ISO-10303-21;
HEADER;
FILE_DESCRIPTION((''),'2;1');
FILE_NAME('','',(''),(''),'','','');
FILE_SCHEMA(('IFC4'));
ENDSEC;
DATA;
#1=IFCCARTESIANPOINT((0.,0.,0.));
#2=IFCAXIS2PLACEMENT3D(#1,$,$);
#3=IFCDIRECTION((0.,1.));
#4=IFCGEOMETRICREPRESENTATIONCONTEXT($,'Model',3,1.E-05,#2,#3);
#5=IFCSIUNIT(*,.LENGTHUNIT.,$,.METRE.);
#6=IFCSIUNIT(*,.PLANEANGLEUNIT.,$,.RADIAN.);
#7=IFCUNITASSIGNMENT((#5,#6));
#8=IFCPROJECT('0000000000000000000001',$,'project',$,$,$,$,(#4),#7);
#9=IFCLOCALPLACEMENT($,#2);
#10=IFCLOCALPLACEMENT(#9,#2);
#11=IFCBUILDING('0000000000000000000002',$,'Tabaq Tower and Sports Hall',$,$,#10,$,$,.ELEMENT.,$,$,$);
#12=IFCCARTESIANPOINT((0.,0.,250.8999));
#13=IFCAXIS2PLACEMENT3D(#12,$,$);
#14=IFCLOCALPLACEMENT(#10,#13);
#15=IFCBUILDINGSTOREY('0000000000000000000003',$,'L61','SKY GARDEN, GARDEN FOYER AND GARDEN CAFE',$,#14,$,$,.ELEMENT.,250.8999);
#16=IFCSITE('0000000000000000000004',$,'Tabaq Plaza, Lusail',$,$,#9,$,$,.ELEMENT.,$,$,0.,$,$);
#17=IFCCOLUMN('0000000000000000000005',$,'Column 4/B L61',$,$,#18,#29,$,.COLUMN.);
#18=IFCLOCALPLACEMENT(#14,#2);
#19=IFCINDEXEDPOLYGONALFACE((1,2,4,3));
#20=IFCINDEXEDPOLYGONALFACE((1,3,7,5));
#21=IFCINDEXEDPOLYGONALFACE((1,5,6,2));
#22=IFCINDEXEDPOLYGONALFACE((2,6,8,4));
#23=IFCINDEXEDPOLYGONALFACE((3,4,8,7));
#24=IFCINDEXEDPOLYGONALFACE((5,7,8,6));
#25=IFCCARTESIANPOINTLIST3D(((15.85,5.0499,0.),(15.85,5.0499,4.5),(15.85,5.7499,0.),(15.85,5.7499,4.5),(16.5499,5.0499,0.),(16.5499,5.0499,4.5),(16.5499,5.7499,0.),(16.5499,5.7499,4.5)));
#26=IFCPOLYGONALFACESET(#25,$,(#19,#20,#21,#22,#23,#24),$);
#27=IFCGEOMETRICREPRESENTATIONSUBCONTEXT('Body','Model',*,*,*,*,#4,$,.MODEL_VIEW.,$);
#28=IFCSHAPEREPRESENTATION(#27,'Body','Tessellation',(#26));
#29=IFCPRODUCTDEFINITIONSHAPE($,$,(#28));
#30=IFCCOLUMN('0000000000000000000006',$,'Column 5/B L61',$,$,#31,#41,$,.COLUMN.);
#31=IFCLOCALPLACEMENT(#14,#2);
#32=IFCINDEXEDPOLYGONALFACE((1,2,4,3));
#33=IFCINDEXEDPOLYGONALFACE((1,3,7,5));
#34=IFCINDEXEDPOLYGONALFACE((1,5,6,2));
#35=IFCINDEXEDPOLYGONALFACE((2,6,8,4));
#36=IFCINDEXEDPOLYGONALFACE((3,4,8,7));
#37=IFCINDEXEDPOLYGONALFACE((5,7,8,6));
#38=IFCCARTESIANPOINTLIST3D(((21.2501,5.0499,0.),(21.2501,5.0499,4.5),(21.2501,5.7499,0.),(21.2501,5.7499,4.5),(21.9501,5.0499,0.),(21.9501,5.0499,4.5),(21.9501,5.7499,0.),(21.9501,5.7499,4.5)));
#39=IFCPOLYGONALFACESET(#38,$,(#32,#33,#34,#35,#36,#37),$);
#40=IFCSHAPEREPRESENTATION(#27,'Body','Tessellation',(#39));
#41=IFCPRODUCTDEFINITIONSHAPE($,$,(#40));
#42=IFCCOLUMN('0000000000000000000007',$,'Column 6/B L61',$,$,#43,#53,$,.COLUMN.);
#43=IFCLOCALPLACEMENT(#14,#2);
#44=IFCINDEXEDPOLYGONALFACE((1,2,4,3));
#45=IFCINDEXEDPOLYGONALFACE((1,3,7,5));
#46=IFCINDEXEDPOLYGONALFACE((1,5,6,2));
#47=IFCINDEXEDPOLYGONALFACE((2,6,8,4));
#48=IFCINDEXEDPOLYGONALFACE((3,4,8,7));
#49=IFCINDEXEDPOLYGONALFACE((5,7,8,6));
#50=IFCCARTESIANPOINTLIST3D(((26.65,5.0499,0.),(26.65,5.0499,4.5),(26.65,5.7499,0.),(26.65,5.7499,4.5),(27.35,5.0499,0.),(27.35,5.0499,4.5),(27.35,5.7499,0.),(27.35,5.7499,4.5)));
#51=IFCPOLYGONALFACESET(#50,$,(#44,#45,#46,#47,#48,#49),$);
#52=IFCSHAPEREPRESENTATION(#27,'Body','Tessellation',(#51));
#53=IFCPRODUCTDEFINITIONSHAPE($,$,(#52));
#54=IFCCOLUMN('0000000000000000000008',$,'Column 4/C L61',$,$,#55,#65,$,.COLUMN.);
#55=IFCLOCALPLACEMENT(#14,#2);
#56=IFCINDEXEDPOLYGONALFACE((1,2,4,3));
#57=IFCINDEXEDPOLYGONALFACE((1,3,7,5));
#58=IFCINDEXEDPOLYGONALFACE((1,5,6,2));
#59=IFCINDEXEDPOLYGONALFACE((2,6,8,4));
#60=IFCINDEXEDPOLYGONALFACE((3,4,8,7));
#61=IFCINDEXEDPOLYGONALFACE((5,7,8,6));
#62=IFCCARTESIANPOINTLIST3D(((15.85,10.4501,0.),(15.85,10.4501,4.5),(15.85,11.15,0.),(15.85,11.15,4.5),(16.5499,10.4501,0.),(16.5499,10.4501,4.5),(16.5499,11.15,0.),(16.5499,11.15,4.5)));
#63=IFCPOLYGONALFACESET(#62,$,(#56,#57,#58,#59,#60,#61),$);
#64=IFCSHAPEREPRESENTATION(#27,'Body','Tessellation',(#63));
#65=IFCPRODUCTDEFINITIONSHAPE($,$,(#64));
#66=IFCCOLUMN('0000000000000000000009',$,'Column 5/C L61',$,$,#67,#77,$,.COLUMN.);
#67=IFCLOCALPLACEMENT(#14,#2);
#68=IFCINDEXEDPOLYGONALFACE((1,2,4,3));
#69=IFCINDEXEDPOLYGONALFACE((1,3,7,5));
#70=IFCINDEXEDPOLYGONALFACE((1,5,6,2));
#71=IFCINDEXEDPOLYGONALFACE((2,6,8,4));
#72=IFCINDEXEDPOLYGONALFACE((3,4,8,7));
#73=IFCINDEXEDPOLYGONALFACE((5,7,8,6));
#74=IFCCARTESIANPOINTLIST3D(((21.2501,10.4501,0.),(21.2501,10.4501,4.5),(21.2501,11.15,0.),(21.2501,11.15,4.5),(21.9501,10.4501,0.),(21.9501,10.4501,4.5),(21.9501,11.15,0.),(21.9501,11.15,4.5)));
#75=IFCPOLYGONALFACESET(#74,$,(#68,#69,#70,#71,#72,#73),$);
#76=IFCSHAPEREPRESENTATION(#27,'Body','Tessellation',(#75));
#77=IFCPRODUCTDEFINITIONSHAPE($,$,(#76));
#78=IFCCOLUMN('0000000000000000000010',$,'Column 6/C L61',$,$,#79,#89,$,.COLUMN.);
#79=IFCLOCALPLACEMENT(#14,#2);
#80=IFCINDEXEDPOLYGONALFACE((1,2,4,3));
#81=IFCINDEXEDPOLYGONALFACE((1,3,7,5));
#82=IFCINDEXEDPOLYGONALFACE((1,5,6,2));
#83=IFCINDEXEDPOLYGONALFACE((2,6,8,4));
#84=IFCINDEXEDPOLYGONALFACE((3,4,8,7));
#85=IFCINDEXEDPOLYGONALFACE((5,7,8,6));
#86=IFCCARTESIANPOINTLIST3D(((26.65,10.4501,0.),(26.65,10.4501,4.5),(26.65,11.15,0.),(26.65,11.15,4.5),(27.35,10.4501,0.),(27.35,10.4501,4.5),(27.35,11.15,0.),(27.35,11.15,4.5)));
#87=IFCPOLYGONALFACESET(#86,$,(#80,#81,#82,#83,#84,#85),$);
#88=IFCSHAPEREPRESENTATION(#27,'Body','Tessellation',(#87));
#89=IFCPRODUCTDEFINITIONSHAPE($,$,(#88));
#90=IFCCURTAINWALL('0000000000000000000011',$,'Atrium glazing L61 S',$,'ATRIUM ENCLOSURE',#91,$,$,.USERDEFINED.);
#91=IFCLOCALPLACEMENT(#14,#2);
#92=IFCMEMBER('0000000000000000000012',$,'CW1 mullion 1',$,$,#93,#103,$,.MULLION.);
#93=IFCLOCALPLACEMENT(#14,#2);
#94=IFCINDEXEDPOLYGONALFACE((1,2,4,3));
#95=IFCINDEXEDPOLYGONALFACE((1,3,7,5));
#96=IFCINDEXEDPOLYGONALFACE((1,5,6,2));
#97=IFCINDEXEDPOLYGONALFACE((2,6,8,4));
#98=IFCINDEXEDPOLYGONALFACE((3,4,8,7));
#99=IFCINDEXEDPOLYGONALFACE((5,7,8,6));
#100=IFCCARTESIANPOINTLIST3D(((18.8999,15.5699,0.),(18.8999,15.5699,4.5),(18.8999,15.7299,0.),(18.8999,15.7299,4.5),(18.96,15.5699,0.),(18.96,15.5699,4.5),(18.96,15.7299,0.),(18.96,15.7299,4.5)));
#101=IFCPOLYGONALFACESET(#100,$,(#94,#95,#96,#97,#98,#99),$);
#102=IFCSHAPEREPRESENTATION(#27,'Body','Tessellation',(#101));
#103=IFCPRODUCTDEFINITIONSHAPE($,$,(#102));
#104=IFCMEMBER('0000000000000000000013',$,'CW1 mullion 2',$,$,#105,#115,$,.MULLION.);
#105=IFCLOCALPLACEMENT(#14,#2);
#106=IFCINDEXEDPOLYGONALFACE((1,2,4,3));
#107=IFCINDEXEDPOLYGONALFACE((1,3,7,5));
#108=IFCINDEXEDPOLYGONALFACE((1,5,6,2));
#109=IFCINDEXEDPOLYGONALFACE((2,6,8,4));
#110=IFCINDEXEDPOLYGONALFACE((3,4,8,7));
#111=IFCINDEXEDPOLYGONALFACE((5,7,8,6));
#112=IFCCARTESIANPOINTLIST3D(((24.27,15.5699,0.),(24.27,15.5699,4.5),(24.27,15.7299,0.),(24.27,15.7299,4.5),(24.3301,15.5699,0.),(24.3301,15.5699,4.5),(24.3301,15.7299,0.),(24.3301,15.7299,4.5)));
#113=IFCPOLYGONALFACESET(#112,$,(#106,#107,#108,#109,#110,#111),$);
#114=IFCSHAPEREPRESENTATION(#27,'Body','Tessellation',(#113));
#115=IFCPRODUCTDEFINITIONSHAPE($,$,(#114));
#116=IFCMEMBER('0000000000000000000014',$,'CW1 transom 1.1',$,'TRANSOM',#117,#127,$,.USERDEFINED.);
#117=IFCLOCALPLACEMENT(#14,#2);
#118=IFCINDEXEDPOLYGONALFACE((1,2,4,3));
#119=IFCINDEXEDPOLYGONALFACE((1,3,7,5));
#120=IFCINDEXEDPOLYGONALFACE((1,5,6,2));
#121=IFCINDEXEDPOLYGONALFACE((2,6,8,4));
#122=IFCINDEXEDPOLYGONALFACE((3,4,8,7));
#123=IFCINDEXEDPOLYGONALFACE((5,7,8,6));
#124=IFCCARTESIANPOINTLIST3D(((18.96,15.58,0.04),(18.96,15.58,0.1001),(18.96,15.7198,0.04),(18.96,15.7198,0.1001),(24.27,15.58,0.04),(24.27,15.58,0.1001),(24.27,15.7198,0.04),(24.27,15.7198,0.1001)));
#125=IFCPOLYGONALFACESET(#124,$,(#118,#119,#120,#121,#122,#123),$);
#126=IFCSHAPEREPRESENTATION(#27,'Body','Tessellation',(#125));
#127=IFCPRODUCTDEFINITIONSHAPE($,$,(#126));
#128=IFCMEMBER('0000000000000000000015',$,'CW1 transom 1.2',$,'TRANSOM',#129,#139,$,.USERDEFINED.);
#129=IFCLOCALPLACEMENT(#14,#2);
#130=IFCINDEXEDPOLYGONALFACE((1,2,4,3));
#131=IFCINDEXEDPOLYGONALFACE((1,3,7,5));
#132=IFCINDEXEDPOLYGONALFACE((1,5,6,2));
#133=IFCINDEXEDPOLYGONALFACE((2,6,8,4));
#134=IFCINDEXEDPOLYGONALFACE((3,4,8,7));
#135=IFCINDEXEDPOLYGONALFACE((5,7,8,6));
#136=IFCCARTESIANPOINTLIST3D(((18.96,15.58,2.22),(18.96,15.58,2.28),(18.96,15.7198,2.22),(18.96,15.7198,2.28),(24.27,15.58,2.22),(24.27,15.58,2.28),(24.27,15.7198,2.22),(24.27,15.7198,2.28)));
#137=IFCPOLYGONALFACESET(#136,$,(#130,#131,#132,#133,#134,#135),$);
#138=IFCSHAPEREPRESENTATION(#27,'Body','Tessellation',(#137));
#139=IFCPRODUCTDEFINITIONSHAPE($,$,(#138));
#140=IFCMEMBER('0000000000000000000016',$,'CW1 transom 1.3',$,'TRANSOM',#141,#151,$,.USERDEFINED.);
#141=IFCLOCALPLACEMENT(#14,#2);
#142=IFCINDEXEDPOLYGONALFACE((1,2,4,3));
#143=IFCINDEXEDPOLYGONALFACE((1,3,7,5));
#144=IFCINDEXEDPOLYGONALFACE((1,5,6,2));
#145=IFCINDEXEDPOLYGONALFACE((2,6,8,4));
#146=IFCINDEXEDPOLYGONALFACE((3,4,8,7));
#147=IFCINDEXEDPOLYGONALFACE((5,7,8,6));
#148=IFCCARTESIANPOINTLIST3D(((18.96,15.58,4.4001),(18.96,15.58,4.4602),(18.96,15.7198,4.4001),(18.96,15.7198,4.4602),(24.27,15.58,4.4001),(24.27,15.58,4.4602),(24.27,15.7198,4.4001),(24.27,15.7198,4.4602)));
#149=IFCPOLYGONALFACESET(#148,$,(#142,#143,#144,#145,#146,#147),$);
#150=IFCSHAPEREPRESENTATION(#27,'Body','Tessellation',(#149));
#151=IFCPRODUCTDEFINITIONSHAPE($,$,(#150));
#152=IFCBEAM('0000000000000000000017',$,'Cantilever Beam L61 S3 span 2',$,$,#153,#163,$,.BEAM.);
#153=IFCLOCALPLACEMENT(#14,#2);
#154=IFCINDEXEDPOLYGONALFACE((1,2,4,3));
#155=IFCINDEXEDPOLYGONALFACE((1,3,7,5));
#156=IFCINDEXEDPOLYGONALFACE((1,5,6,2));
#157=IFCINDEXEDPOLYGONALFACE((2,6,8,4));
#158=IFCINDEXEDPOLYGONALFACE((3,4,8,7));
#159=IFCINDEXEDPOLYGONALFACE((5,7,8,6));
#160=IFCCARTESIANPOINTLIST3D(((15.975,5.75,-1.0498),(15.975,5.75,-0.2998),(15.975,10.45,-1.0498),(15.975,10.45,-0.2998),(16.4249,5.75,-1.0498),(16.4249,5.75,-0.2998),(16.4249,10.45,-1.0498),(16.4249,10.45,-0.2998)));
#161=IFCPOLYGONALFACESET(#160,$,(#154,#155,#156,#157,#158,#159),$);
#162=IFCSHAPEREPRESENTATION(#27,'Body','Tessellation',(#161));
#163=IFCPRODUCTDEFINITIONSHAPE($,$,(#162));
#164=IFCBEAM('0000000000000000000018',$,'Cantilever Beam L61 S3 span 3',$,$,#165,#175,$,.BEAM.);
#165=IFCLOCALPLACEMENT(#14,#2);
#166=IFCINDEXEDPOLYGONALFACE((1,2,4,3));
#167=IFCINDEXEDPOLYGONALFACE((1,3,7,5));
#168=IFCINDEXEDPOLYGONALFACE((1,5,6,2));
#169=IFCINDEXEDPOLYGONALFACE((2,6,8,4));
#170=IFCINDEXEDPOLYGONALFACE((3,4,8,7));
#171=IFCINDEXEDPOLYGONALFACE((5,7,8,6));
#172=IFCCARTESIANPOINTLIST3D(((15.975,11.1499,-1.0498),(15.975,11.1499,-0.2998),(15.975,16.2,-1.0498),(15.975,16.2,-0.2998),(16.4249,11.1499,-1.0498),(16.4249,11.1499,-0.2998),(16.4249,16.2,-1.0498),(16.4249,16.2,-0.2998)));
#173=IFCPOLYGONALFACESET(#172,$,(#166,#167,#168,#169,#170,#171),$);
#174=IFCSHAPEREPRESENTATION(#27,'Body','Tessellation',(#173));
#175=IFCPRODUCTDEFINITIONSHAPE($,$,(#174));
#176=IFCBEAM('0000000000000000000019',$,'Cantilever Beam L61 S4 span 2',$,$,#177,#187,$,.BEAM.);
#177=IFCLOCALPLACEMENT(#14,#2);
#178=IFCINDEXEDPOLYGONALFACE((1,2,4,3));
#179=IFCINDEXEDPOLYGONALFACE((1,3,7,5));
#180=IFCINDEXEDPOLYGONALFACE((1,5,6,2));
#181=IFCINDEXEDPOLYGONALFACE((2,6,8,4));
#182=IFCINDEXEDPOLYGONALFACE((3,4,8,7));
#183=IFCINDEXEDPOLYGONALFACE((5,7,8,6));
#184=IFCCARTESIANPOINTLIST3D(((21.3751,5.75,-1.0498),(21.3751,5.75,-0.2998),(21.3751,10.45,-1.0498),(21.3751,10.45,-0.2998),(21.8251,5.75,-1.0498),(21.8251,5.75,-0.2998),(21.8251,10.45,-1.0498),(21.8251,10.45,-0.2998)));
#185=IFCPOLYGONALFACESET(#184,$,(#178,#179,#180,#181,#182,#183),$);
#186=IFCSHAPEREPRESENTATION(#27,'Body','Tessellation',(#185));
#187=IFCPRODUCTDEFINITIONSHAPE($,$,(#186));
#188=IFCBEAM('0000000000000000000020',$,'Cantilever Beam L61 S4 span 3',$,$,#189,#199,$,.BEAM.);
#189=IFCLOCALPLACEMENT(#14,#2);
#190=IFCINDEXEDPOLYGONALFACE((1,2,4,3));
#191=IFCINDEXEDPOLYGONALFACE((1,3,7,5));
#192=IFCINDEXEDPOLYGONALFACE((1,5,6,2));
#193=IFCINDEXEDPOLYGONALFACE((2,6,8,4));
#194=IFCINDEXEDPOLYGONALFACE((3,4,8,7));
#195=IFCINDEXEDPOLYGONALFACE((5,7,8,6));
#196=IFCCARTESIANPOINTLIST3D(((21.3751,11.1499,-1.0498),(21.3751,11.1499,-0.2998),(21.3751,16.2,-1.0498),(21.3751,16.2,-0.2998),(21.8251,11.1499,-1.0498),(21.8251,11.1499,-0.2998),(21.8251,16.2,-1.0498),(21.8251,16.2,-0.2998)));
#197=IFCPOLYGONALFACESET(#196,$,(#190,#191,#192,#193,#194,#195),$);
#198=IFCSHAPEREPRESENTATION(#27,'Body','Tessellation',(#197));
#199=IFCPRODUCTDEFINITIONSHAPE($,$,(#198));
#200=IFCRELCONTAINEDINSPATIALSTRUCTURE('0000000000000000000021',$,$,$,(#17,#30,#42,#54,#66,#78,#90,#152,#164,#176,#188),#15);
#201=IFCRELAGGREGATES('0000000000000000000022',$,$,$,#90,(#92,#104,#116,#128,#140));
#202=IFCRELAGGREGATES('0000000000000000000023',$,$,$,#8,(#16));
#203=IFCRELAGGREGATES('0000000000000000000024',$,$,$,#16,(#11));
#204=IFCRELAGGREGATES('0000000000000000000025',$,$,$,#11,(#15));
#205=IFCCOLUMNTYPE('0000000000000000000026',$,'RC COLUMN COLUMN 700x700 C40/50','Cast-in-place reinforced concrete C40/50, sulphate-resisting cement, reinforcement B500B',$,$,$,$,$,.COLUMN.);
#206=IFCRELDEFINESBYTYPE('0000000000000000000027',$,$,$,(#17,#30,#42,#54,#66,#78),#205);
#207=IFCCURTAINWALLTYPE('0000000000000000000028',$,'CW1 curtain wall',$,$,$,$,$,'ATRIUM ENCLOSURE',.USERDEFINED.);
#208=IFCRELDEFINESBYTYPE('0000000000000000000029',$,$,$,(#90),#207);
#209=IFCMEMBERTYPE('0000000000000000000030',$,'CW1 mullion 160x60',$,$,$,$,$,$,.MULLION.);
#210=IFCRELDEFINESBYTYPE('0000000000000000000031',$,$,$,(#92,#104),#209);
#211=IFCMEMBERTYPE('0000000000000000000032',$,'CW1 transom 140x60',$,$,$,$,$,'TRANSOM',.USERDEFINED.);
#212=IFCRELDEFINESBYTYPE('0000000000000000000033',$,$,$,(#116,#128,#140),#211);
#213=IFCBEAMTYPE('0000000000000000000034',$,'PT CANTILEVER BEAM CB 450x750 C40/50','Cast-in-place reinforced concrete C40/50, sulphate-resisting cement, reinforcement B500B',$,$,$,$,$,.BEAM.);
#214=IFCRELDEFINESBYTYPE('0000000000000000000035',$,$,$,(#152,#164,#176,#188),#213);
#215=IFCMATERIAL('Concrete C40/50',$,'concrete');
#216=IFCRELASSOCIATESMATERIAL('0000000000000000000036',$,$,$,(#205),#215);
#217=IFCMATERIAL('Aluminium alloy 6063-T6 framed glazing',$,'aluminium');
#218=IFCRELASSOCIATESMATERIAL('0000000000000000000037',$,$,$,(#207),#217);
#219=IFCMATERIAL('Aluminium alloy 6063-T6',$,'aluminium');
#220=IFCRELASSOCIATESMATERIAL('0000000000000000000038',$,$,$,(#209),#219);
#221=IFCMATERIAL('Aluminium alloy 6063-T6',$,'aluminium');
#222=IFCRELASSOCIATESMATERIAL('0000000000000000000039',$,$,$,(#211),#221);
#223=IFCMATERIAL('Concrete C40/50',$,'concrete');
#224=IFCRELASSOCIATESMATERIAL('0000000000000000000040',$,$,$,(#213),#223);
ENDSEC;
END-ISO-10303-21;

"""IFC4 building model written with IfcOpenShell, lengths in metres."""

from ifc_helpers import new_model, si_unit, direction, frame, origin, origin_2d, place, context, subcontext, project, spatial, rectangle, extrude, material, material_profile, profile_set, type_object, element, aggregate, save


model = new_model("IFC4")

# Units and contexts
model_context = context("Model", 3, precision=1e-05, world=origin(), true_north=direction((0.0, 1.0)))
body_context = subcontext(model_context, "Body", "Model", "MODEL_VIEW")
ifc_project = project(units=[si_unit("LENGTHUNIT", "METRE"), si_unit("PLANEANGLEUNIT", "RADIAN")], contexts=[model_context])

# Site, building, storey
site_placement = place(None, origin())
site = spatial("IfcSite", under=ifc_project, at=site_placement, Name="Tabaq Plaza, Lusail", CompositionType="ELEMENT", RefElevation=0.0)
building_placement = place(site_placement, origin())
building = spatial("IfcBuilding", under=site, at=building_placement, Name="Tabaq Tower and Sports Hall", CompositionType="ELEMENT")
storey_placement = place(building_placement, frame((0.0, 0.0, 250.8999)))
storey = spatial("IfcBuildingStorey", under=building, at=storey_placement, Name="L61", Description="SKY GARDEN, GARDEN FOYER AND GARDEN CAFE", CompositionType="ELEMENT", Elevation=250.8999)

# Columns
ifc_material_1 = material(Name="Concrete C40/50", Category="concrete")
ifc_material_profile_1 = material_profile(ifc_material_1, rectangle(XDim=0.7, YDim=0.7, at=origin_2d()), Name="COLUMN 700x700")
ifc_profile_set_1 = profile_set([ifc_material_profile_1], Name="Concrete C40/50")
column_type = type_object("IfcColumnType", Name="RC COLUMN COLUMN 700x700 C40/50", Description="Cast-in-place reinforced concrete C40/50, sulphate-resisting cement, reinforcement B500B", PredefinedType="COLUMN", material=ifc_profile_set_1)
for number, where, z_axis, x_axis, name in (
    (1, (16.2, 5.3999, 0.0), (0.0, 0.0, 1.0), (1.0, 0.0, 0.0), "Column 4/B L61"),
    (2, (21.6001, 5.3999, 0.0), (0.0, 0.0, 1.0), (1.0, 0.0, 0.0), "Column 5/B L61"),
    (3, (27.0, 5.3999, 0.0), (0.0, 0.0, 1.0), (1.0, 0.0, 0.0), "Column 6/B L61"),
    (4, (16.2, 10.8, 0.0), (0.0, 0.0, 1.0), (1.0, 0.0, 0.0), "Column 4/C L61"),
    (5, (21.6001, 10.8, 0.0), (0.0, 0.0, 1.0), (1.0, 0.0, 0.0), "Column 5/C L61"),
    (6, (27.0, 10.8, 0.0), (0.0, 0.0, 1.0), (1.0, 0.0, 0.0), "Column 6/C L61"),
):
    element("IfcColumn", number, at=place(storey_placement, frame(where, z_axis=z_axis, x_axis=x_axis)), inside=storey, type_object=column_type, Name=name, PredefinedType="COLUMN", context=body_context, shape_type="SweptSolid", body=[
        extrude(rectangle(XDim=0.7, YDim=0.7, at=origin_2d()), origin(), (0.0, 0.0, 1.0), 4.5),
    ])

# Curtain wall, members
ifc_material_2 = material(Name="Aluminium alloy 6063-T6 framed glazing", Category="aluminium")
curtain_wall_type = type_object("IfcCurtainWallType", Name="CW1 curtain wall", ElementType="ATRIUM ENCLOSURE", PredefinedType="USERDEFINED", material=ifc_material_2)
curtain_wall_placement = place(storey_placement, origin())
curtain_wall = element("IfcCurtainWall", 7, at=curtain_wall_placement, inside=storey, type_object=curtain_wall_type, Name="Atrium glazing L61 S", ObjectType="ATRIUM ENCLOSURE", PredefinedType="USERDEFINED")
ifc_material_3 = material(Name="Aluminium alloy 6063-T6", Category="aluminium")
ifc_material_profile_2 = material_profile(ifc_material_3, rectangle(XDim=0.1599, YDim=0.0601, at=origin_2d()), Name="MULLION 160x60")
ifc_profile_set_2 = profile_set([ifc_material_profile_2], Name="Aluminium alloy 6063-T6")
member_type_1 = type_object("IfcMemberType", Name="CW1 mullion 160x60", PredefinedType="MULLION", material=ifc_profile_set_2)
member_1_placement = place(storey_placement, frame((18.9299, 15.6499, 0.0), z_axis=(0.0, 0.0, 1.0), x_axis=(0.0, 1.0, 0.0)))
member_1 = element("IfcMember", 8, at=member_1_placement, type_object=member_type_1, Name="CW1 mullion 1", PredefinedType="MULLION", context=body_context, shape_type="SweptSolid", body=[
    extrude(rectangle(XDim=0.1599, YDim=0.0601, at=origin_2d()), origin(), (0.0, 0.0, 1.0), 4.5),
])
member_2_placement = place(storey_placement, frame((24.3, 15.6499, 0.0), z_axis=(0.0, 0.0, 1.0), x_axis=(0.0, 1.0, 0.0)))
member_2 = element("IfcMember", 9, at=member_2_placement, type_object=member_type_1, Name="CW1 mullion 2", PredefinedType="MULLION", context=body_context, shape_type="SweptSolid", body=[
    extrude(rectangle(XDim=0.1599, YDim=0.0601, at=origin_2d()), origin(), (0.0, 0.0, 1.0), 4.5),
])
ifc_material_4 = material(Name="Aluminium alloy 6063-T6", Category="aluminium")
ifc_material_profile_3 = material_profile(ifc_material_4, rectangle(XDim=0.1399, YDim=0.0601, at=origin_2d()), Name="TRANSOM 140x60")
ifc_profile_set_3 = profile_set([ifc_material_profile_3], Name="Aluminium alloy 6063-T6")
member_type_2 = type_object("IfcMemberType", Name="CW1 transom 140x60", ElementType="TRANSOM", PredefinedType="USERDEFINED", material=ifc_profile_set_3)
member_3_placement = place(storey_placement, frame((18.96, 15.6499, 0.0701), z_axis=(1.0, 0.0, 0.0), x_axis=(0.0, 1.0, 0.0)))
member_3 = element("IfcMember", 10, at=member_3_placement, type_object=member_type_2, Name="CW1 transom 1.1", ObjectType="TRANSOM", PredefinedType="USERDEFINED", context=body_context, shape_type="SweptSolid", body=[
    extrude(rectangle(XDim=0.1399, YDim=0.0601, at=origin_2d()), origin(), (0.0, 0.0, 1.0), 5.3101),
])
member_4_placement = place(storey_placement, frame((18.96, 15.6499, 2.25), z_axis=(1.0, 0.0, 0.0), x_axis=(0.0, 1.0, 0.0)))
member_4 = element("IfcMember", 11, at=member_4_placement, type_object=member_type_2, Name="CW1 transom 1.2", ObjectType="TRANSOM", PredefinedType="USERDEFINED", context=body_context, shape_type="SweptSolid", body=[
    extrude(rectangle(XDim=0.1399, YDim=0.0601, at=origin_2d()), origin(), (0.0, 0.0, 1.0), 5.3101),
])
member_5_placement = place(storey_placement, frame((18.96, 15.6499, 4.4302), z_axis=(1.0, 0.0, 0.0), x_axis=(0.0, 1.0, 0.0)))
member_5 = element("IfcMember", 12, at=member_5_placement, type_object=member_type_2, Name="CW1 transom 1.3", ObjectType="TRANSOM", PredefinedType="USERDEFINED", context=body_context, shape_type="SweptSolid", body=[
    extrude(rectangle(XDim=0.1399, YDim=0.0601, at=origin_2d()), origin(), (0.0, 0.0, 1.0), 5.3101),
])

# Beams
ifc_material_5 = material(Name="Concrete C40/50", Category="concrete")
ifc_material_profile_4 = material_profile(ifc_material_5, rectangle(XDim=0.45, YDim=0.75, at=origin_2d()), Name="CB 450x750")
ifc_profile_set_4 = profile_set([ifc_material_profile_4], Name="Concrete C40/50")
beam_type = type_object("IfcBeamType", Name="PT CANTILEVER BEAM CB 450x750 C40/50", Description="Cast-in-place reinforced concrete C40/50, sulphate-resisting cement, reinforcement B500B", PredefinedType="BEAM", material=ifc_profile_set_4)
beam_1_placement = place(storey_placement, frame((16.2, 5.75, -0.6748), z_axis=(0.0, 1.0, 0.0), x_axis=(-1.0, 0.0, 0.0)))
element("IfcBeam", 13, at=beam_1_placement, inside=storey, type_object=beam_type, Name="Cantilever Beam L61 S3 span 2", PredefinedType="BEAM", context=body_context, shape_type="SweptSolid", body=[
    extrude(rectangle(XDim=0.45, YDim=0.75, at=origin_2d()), origin(), (0.0, 0.0, 1.0), 4.7),
])
beam_2_placement = place(storey_placement, frame((16.2, 11.1499, -0.6748), z_axis=(0.0, 1.0, 0.0), x_axis=(-1.0, 0.0, 0.0)))
element("IfcBeam", 14, at=beam_2_placement, inside=storey, type_object=beam_type, Name="Cantilever Beam L61 S3 span 3", PredefinedType="BEAM", context=body_context, shape_type="SweptSolid", body=[
    extrude(rectangle(XDim=0.45, YDim=0.75, at=origin_2d()), origin(), (0.0, 0.0, 1.0), 5.05),
])
beam_3_placement = place(storey_placement, frame((21.6001, 5.75, -0.6748), z_axis=(0.0, 1.0, 0.0), x_axis=(-1.0, 0.0, 0.0)))
element("IfcBeam", 15, at=beam_3_placement, inside=storey, type_object=beam_type, Name="Cantilever Beam L61 S4 span 2", PredefinedType="BEAM", context=body_context, shape_type="SweptSolid", body=[
    extrude(rectangle(XDim=0.45, YDim=0.75, at=origin_2d()), origin(), (0.0, 0.0, 1.0), 4.7),
])
beam_4_placement = place(storey_placement, frame((21.6001, 11.1499, -0.6748), z_axis=(0.0, 1.0, 0.0), x_axis=(-1.0, 0.0, 0.0)))
element("IfcBeam", 16, at=beam_4_placement, inside=storey, type_object=beam_type, Name="Cantilever Beam L61 S4 span 3", PredefinedType="BEAM", context=body_context, shape_type="SweptSolid", body=[
    extrude(rectangle(XDim=0.45, YDim=0.75, at=origin_2d()), origin(), (0.0, 0.0, 1.0), 5.05),
])

aggregate(curtain_wall, [member_1, member_2, member_3, member_4, member_5])

save(model, "model.ifc")
